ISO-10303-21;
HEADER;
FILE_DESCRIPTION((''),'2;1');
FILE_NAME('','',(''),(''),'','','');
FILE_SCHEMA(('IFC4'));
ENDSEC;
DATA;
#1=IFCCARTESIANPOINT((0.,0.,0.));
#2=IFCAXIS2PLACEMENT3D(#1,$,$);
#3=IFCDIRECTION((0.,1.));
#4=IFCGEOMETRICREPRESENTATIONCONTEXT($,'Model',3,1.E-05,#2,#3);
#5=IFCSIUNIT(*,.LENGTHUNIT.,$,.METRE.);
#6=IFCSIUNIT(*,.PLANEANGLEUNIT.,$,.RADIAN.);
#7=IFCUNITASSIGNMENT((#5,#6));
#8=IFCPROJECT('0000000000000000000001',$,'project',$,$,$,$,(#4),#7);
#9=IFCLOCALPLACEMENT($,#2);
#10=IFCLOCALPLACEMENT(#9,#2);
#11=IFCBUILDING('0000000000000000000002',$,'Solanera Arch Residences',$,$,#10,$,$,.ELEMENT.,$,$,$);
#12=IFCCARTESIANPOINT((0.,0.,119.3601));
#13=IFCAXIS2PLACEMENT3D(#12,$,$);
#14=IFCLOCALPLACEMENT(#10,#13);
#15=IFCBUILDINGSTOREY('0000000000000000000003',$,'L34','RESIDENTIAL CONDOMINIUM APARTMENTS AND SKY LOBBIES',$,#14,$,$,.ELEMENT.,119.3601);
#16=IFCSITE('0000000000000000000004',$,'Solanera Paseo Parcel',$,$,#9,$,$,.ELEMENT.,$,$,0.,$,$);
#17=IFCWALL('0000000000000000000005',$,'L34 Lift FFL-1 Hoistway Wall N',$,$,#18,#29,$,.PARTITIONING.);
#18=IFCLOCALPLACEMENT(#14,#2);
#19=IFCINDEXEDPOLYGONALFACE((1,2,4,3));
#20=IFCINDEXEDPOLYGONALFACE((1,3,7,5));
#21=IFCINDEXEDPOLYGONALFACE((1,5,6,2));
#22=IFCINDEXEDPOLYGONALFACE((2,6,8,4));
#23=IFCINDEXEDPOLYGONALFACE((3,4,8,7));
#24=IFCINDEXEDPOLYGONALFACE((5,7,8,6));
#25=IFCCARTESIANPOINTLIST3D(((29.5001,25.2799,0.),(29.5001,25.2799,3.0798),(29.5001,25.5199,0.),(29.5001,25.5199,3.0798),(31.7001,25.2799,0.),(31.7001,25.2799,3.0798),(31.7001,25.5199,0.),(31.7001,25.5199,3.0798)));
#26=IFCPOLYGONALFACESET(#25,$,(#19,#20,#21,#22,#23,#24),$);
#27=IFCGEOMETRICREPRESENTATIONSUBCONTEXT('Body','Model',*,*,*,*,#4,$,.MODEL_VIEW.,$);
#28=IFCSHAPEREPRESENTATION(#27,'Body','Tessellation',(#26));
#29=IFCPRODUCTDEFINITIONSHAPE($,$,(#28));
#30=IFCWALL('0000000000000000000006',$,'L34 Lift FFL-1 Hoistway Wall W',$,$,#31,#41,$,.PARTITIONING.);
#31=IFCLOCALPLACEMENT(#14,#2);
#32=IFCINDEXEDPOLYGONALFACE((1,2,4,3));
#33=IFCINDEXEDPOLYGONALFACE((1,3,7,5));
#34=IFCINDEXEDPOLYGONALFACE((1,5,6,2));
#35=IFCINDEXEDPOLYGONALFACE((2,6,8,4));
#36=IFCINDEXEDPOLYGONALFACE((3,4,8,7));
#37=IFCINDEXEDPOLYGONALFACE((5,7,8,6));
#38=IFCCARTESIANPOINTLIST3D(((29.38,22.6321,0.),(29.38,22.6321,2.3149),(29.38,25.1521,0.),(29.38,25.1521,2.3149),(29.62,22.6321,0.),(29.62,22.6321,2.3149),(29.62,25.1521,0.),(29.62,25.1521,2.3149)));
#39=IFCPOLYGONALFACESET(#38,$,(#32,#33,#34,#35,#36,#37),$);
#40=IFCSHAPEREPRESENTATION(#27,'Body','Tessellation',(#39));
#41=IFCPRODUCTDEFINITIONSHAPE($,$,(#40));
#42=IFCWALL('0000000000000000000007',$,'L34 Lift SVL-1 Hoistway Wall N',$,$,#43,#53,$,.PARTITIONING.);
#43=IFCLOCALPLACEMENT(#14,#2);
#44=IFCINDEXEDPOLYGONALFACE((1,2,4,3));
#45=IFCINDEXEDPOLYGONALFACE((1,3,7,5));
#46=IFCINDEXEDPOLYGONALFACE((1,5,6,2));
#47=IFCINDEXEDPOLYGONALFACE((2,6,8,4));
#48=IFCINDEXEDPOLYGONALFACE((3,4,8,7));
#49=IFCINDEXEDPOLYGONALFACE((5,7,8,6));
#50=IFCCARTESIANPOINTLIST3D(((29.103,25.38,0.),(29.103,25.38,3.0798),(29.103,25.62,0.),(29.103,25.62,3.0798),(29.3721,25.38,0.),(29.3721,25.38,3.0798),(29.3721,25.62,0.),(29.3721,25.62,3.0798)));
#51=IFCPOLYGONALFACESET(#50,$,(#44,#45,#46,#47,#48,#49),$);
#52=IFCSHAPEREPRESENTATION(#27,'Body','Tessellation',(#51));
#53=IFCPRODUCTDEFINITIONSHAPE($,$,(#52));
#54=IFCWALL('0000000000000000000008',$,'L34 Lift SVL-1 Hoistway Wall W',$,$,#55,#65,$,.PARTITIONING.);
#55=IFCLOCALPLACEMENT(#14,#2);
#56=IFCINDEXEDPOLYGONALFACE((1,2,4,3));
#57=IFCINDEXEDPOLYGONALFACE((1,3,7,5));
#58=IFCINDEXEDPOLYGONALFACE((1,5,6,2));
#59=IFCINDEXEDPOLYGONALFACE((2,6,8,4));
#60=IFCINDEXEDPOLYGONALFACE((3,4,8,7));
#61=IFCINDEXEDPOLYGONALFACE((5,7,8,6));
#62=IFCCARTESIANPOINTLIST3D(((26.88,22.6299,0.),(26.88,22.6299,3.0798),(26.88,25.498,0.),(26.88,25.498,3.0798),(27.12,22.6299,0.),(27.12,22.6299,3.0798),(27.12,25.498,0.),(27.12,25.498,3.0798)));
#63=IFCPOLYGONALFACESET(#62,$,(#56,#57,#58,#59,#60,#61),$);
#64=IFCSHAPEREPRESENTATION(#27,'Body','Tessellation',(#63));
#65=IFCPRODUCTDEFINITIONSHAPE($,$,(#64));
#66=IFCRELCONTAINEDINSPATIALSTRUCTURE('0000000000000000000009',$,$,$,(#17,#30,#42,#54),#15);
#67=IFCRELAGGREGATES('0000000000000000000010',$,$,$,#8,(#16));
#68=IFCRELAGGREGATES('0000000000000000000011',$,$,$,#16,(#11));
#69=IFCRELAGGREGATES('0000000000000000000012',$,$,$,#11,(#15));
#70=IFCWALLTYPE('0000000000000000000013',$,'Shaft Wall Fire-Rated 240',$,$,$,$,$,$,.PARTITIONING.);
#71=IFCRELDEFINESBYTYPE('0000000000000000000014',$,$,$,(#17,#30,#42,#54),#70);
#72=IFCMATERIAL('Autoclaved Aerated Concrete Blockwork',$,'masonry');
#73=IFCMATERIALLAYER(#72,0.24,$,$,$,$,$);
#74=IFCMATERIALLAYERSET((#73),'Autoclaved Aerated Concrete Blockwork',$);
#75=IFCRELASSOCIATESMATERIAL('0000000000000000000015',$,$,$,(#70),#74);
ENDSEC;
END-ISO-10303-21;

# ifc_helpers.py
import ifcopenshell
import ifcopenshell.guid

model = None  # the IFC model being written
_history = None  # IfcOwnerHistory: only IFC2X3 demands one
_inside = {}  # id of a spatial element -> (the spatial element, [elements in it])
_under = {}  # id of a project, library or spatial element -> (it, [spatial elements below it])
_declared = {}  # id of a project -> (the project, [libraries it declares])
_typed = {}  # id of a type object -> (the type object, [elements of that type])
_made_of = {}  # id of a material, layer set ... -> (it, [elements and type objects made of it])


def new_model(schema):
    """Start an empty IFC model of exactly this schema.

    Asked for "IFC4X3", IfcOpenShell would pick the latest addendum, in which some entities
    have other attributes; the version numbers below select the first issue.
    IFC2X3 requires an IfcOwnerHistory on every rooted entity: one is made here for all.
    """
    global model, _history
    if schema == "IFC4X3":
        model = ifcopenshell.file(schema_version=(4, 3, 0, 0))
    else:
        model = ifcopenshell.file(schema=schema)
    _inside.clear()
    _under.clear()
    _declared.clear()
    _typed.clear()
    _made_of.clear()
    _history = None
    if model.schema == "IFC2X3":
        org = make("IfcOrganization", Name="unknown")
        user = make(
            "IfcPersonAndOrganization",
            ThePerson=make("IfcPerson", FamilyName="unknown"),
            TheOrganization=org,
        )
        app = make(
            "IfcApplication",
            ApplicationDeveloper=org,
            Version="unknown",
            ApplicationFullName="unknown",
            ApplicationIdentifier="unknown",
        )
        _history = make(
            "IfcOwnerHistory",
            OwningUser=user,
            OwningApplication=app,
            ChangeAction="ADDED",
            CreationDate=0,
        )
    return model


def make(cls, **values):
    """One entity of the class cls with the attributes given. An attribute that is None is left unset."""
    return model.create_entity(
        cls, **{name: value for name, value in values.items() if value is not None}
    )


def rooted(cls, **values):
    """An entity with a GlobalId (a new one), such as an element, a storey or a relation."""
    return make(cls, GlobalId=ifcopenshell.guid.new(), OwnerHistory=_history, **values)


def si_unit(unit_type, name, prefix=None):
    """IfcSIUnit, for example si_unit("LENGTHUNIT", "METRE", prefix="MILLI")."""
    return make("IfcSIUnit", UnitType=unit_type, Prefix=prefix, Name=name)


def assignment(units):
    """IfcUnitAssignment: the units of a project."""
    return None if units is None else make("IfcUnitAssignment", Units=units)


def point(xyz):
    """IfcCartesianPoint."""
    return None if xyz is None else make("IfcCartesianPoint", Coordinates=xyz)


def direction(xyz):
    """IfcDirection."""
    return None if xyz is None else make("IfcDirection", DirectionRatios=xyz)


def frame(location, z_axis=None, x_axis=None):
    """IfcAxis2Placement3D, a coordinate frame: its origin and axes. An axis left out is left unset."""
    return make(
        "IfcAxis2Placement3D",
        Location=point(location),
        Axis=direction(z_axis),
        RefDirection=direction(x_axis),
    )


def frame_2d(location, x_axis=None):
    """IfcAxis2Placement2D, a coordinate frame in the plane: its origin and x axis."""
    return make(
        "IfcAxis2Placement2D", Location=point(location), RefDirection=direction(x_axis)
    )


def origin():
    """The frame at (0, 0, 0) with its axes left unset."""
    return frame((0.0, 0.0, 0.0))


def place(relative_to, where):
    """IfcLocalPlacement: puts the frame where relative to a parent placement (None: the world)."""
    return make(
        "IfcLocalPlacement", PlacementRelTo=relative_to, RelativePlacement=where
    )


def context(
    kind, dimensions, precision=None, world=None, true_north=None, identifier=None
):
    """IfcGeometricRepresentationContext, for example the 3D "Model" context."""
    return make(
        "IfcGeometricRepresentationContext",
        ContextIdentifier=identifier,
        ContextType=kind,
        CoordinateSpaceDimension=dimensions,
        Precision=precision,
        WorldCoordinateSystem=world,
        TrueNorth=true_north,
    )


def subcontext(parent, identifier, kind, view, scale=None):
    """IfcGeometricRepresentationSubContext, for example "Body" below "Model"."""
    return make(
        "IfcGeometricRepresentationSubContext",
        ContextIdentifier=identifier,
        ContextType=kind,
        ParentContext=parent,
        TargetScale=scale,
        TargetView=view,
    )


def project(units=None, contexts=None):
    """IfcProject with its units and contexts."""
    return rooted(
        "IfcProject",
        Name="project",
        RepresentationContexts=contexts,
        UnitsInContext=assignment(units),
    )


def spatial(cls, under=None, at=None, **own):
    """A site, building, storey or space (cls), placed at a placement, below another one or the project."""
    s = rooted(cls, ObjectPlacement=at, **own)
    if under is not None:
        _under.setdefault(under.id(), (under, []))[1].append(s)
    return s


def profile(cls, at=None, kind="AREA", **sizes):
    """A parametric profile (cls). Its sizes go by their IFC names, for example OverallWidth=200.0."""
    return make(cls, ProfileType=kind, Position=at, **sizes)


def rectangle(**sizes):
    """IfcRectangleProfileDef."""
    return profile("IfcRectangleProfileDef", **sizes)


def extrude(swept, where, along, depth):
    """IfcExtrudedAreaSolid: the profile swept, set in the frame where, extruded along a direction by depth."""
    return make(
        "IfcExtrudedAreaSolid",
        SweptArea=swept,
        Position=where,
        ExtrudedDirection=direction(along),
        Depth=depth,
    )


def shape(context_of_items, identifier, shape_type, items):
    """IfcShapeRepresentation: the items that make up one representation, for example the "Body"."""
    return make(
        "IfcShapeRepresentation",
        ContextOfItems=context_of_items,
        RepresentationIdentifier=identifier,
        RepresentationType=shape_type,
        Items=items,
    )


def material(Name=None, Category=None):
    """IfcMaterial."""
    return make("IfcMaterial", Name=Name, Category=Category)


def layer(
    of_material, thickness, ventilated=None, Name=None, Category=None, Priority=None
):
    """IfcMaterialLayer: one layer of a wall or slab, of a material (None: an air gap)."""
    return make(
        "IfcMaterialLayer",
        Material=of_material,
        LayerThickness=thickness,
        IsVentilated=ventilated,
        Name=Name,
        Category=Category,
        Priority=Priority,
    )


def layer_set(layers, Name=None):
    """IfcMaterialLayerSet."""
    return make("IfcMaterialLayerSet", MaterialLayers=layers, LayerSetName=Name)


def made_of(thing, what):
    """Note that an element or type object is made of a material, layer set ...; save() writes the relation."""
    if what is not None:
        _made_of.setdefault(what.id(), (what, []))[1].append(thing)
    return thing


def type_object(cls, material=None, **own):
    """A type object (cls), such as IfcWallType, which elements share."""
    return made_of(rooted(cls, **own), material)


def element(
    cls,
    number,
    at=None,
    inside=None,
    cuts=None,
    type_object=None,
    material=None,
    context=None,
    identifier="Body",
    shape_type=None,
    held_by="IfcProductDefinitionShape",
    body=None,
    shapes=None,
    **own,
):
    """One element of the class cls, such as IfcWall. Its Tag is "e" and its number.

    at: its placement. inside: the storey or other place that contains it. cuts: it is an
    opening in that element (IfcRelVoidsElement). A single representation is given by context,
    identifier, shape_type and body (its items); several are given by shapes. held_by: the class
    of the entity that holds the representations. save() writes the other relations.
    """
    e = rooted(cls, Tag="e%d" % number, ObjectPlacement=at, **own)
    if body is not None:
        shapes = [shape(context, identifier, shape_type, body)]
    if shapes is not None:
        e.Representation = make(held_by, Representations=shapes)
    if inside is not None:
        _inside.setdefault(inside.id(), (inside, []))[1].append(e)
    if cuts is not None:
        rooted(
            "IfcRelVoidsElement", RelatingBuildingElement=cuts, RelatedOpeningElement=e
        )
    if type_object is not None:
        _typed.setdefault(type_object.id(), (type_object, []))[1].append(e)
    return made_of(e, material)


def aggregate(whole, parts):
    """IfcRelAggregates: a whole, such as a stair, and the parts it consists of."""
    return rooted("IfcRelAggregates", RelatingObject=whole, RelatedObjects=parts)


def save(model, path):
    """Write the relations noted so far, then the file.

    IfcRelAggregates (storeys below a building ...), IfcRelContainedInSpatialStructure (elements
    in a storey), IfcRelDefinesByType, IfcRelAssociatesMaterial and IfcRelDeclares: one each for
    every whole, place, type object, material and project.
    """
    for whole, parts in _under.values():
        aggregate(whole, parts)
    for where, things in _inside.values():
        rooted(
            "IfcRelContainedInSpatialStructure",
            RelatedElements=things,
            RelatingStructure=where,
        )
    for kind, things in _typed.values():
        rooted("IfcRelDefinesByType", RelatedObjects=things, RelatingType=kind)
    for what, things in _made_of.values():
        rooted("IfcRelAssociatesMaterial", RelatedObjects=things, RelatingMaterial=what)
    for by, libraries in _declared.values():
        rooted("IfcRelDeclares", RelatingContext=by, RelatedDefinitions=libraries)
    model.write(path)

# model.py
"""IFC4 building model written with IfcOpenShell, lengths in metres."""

from ifc_helpers import new_model, si_unit, direction, frame, frame_2d, origin, place, context, subcontext, project, spatial, rectangle, extrude, material, layer, layer_set, type_object, element, save


model = new_model("IFC4")

# Units and contexts
model_context = context("Model", 3, precision=1e-05, world=origin(), true_north=direction((0.0, 1.0)))
body_context = subcontext(model_context, "Body", "Model", "MODEL_VIEW")
ifc_project = project(units=[si_unit("LENGTHUNIT", "METRE"), si_unit("PLANEANGLEUNIT", "RADIAN")], contexts=[model_context])

# Site, building, storey
site_placement = place(None, origin())
site = spatial("IfcSite", under=ifc_project, at=site_placement, Name="Solanera Paseo Parcel", CompositionType="ELEMENT", RefElevation=0.0)
building_placement = place(site_placement, origin())
building = spatial("IfcBuilding", under=site, at=building_placement, Name="Solanera Arch Residences", CompositionType="ELEMENT")
storey_placement = place(building_placement, frame((0.0, 0.0, 119.3601)))
storey = spatial("IfcBuildingStorey", under=building, at=storey_placement, Name="L34", Description="RESIDENTIAL CONDOMINIUM APARTMENTS AND SKY LOBBIES", CompositionType="ELEMENT", Elevation=119.3601)

# Walls
ifc_material_1 = material(Name="Autoclaved Aerated Concrete Blockwork", Category="masonry")
ifc_layer_1 = layer(ifc_material_1, 0.24)
ifc_layer_set_1 = layer_set([ifc_layer_1], Name="Autoclaved Aerated Concrete Blockwork")
wall_type_1 = type_object("IfcWallType", Name="Shaft Wall Fire-Rated 240", PredefinedType="PARTITIONING", material=ifc_layer_set_1)
wall_1_placement = place(storey_placement, frame((29.5, 25.3999, 0.0), z_axis=(0.0, 0.0, 1.0), x_axis=(1.0, 0.0, 0.0)))
element("IfcWall", 1, at=wall_1_placement, inside=storey, type_object=wall_type_1, Name="L34 Lift FFL-1 Hoistway Wall N", PredefinedType="PARTITIONING", context=body_context, shape_type="SweptSolid", body=[
    extrude(rectangle(XDim=2.2, YDim=0.24, at=frame_2d((1.1001, 0.0))), origin(), (0.0, 0.0, 1.0), 3.0798),
])
wall_2_placement = place(storey_placement, frame((29.5, 22.6321, 0.0), z_axis=(0.0, 0.0, 1.0), x_axis=(0.0, 1.0, 0.0)))
element("IfcWall", 2, at=wall_2_placement, inside=storey, type_object=wall_type_1, Name="L34 Lift FFL-1 Hoistway Wall W", PredefinedType="PARTITIONING", context=body_context, shape_type="SweptSolid", body=[
    extrude(rectangle(XDim=2.52, YDim=0.24, at=frame_2d((1.26, 0.0))), origin(), (0.0, 0.0, 1.0), 2.3149),
])
wall_3_placement = place(storey_placement, frame((29.103, 25.5, 0.0), z_axis=(0.0, 0.0, 1.0), x_axis=(1.0, 0.0, 0.0)))
element("IfcWall", 3, at=wall_3_placement, inside=storey, type_object=wall_type_1, Name="L34 Lift SVL-1 Hoistway Wall N", PredefinedType="PARTITIONING", context=body_context, shape_type="SweptSolid", body=[
    extrude(rectangle(XDim=0.269, YDim=0.24, at=frame_2d((0.1345, 0.0))), origin(), (0.0, 0.0, 1.0), 3.0798),
])
wall_4_placement = place(storey_placement, frame((27.0, 22.6299, 0.0), z_axis=(0.0, 0.0, 1.0), x_axis=(0.0, 1.0, 0.0)))
element("IfcWall", 4, at=wall_4_placement, inside=storey, type_object=wall_type_1, Name="L34 Lift SVL-1 Hoistway Wall W", PredefinedType="PARTITIONING", context=body_context, shape_type="SweptSolid", body=[
    extrude(rectangle(XDim=2.8682, YDim=0.24, at=frame_2d((1.4341, 0.0))), origin(), (0.0, 0.0, 1.0), 3.0798),
])

save(model, "model.ifc")
